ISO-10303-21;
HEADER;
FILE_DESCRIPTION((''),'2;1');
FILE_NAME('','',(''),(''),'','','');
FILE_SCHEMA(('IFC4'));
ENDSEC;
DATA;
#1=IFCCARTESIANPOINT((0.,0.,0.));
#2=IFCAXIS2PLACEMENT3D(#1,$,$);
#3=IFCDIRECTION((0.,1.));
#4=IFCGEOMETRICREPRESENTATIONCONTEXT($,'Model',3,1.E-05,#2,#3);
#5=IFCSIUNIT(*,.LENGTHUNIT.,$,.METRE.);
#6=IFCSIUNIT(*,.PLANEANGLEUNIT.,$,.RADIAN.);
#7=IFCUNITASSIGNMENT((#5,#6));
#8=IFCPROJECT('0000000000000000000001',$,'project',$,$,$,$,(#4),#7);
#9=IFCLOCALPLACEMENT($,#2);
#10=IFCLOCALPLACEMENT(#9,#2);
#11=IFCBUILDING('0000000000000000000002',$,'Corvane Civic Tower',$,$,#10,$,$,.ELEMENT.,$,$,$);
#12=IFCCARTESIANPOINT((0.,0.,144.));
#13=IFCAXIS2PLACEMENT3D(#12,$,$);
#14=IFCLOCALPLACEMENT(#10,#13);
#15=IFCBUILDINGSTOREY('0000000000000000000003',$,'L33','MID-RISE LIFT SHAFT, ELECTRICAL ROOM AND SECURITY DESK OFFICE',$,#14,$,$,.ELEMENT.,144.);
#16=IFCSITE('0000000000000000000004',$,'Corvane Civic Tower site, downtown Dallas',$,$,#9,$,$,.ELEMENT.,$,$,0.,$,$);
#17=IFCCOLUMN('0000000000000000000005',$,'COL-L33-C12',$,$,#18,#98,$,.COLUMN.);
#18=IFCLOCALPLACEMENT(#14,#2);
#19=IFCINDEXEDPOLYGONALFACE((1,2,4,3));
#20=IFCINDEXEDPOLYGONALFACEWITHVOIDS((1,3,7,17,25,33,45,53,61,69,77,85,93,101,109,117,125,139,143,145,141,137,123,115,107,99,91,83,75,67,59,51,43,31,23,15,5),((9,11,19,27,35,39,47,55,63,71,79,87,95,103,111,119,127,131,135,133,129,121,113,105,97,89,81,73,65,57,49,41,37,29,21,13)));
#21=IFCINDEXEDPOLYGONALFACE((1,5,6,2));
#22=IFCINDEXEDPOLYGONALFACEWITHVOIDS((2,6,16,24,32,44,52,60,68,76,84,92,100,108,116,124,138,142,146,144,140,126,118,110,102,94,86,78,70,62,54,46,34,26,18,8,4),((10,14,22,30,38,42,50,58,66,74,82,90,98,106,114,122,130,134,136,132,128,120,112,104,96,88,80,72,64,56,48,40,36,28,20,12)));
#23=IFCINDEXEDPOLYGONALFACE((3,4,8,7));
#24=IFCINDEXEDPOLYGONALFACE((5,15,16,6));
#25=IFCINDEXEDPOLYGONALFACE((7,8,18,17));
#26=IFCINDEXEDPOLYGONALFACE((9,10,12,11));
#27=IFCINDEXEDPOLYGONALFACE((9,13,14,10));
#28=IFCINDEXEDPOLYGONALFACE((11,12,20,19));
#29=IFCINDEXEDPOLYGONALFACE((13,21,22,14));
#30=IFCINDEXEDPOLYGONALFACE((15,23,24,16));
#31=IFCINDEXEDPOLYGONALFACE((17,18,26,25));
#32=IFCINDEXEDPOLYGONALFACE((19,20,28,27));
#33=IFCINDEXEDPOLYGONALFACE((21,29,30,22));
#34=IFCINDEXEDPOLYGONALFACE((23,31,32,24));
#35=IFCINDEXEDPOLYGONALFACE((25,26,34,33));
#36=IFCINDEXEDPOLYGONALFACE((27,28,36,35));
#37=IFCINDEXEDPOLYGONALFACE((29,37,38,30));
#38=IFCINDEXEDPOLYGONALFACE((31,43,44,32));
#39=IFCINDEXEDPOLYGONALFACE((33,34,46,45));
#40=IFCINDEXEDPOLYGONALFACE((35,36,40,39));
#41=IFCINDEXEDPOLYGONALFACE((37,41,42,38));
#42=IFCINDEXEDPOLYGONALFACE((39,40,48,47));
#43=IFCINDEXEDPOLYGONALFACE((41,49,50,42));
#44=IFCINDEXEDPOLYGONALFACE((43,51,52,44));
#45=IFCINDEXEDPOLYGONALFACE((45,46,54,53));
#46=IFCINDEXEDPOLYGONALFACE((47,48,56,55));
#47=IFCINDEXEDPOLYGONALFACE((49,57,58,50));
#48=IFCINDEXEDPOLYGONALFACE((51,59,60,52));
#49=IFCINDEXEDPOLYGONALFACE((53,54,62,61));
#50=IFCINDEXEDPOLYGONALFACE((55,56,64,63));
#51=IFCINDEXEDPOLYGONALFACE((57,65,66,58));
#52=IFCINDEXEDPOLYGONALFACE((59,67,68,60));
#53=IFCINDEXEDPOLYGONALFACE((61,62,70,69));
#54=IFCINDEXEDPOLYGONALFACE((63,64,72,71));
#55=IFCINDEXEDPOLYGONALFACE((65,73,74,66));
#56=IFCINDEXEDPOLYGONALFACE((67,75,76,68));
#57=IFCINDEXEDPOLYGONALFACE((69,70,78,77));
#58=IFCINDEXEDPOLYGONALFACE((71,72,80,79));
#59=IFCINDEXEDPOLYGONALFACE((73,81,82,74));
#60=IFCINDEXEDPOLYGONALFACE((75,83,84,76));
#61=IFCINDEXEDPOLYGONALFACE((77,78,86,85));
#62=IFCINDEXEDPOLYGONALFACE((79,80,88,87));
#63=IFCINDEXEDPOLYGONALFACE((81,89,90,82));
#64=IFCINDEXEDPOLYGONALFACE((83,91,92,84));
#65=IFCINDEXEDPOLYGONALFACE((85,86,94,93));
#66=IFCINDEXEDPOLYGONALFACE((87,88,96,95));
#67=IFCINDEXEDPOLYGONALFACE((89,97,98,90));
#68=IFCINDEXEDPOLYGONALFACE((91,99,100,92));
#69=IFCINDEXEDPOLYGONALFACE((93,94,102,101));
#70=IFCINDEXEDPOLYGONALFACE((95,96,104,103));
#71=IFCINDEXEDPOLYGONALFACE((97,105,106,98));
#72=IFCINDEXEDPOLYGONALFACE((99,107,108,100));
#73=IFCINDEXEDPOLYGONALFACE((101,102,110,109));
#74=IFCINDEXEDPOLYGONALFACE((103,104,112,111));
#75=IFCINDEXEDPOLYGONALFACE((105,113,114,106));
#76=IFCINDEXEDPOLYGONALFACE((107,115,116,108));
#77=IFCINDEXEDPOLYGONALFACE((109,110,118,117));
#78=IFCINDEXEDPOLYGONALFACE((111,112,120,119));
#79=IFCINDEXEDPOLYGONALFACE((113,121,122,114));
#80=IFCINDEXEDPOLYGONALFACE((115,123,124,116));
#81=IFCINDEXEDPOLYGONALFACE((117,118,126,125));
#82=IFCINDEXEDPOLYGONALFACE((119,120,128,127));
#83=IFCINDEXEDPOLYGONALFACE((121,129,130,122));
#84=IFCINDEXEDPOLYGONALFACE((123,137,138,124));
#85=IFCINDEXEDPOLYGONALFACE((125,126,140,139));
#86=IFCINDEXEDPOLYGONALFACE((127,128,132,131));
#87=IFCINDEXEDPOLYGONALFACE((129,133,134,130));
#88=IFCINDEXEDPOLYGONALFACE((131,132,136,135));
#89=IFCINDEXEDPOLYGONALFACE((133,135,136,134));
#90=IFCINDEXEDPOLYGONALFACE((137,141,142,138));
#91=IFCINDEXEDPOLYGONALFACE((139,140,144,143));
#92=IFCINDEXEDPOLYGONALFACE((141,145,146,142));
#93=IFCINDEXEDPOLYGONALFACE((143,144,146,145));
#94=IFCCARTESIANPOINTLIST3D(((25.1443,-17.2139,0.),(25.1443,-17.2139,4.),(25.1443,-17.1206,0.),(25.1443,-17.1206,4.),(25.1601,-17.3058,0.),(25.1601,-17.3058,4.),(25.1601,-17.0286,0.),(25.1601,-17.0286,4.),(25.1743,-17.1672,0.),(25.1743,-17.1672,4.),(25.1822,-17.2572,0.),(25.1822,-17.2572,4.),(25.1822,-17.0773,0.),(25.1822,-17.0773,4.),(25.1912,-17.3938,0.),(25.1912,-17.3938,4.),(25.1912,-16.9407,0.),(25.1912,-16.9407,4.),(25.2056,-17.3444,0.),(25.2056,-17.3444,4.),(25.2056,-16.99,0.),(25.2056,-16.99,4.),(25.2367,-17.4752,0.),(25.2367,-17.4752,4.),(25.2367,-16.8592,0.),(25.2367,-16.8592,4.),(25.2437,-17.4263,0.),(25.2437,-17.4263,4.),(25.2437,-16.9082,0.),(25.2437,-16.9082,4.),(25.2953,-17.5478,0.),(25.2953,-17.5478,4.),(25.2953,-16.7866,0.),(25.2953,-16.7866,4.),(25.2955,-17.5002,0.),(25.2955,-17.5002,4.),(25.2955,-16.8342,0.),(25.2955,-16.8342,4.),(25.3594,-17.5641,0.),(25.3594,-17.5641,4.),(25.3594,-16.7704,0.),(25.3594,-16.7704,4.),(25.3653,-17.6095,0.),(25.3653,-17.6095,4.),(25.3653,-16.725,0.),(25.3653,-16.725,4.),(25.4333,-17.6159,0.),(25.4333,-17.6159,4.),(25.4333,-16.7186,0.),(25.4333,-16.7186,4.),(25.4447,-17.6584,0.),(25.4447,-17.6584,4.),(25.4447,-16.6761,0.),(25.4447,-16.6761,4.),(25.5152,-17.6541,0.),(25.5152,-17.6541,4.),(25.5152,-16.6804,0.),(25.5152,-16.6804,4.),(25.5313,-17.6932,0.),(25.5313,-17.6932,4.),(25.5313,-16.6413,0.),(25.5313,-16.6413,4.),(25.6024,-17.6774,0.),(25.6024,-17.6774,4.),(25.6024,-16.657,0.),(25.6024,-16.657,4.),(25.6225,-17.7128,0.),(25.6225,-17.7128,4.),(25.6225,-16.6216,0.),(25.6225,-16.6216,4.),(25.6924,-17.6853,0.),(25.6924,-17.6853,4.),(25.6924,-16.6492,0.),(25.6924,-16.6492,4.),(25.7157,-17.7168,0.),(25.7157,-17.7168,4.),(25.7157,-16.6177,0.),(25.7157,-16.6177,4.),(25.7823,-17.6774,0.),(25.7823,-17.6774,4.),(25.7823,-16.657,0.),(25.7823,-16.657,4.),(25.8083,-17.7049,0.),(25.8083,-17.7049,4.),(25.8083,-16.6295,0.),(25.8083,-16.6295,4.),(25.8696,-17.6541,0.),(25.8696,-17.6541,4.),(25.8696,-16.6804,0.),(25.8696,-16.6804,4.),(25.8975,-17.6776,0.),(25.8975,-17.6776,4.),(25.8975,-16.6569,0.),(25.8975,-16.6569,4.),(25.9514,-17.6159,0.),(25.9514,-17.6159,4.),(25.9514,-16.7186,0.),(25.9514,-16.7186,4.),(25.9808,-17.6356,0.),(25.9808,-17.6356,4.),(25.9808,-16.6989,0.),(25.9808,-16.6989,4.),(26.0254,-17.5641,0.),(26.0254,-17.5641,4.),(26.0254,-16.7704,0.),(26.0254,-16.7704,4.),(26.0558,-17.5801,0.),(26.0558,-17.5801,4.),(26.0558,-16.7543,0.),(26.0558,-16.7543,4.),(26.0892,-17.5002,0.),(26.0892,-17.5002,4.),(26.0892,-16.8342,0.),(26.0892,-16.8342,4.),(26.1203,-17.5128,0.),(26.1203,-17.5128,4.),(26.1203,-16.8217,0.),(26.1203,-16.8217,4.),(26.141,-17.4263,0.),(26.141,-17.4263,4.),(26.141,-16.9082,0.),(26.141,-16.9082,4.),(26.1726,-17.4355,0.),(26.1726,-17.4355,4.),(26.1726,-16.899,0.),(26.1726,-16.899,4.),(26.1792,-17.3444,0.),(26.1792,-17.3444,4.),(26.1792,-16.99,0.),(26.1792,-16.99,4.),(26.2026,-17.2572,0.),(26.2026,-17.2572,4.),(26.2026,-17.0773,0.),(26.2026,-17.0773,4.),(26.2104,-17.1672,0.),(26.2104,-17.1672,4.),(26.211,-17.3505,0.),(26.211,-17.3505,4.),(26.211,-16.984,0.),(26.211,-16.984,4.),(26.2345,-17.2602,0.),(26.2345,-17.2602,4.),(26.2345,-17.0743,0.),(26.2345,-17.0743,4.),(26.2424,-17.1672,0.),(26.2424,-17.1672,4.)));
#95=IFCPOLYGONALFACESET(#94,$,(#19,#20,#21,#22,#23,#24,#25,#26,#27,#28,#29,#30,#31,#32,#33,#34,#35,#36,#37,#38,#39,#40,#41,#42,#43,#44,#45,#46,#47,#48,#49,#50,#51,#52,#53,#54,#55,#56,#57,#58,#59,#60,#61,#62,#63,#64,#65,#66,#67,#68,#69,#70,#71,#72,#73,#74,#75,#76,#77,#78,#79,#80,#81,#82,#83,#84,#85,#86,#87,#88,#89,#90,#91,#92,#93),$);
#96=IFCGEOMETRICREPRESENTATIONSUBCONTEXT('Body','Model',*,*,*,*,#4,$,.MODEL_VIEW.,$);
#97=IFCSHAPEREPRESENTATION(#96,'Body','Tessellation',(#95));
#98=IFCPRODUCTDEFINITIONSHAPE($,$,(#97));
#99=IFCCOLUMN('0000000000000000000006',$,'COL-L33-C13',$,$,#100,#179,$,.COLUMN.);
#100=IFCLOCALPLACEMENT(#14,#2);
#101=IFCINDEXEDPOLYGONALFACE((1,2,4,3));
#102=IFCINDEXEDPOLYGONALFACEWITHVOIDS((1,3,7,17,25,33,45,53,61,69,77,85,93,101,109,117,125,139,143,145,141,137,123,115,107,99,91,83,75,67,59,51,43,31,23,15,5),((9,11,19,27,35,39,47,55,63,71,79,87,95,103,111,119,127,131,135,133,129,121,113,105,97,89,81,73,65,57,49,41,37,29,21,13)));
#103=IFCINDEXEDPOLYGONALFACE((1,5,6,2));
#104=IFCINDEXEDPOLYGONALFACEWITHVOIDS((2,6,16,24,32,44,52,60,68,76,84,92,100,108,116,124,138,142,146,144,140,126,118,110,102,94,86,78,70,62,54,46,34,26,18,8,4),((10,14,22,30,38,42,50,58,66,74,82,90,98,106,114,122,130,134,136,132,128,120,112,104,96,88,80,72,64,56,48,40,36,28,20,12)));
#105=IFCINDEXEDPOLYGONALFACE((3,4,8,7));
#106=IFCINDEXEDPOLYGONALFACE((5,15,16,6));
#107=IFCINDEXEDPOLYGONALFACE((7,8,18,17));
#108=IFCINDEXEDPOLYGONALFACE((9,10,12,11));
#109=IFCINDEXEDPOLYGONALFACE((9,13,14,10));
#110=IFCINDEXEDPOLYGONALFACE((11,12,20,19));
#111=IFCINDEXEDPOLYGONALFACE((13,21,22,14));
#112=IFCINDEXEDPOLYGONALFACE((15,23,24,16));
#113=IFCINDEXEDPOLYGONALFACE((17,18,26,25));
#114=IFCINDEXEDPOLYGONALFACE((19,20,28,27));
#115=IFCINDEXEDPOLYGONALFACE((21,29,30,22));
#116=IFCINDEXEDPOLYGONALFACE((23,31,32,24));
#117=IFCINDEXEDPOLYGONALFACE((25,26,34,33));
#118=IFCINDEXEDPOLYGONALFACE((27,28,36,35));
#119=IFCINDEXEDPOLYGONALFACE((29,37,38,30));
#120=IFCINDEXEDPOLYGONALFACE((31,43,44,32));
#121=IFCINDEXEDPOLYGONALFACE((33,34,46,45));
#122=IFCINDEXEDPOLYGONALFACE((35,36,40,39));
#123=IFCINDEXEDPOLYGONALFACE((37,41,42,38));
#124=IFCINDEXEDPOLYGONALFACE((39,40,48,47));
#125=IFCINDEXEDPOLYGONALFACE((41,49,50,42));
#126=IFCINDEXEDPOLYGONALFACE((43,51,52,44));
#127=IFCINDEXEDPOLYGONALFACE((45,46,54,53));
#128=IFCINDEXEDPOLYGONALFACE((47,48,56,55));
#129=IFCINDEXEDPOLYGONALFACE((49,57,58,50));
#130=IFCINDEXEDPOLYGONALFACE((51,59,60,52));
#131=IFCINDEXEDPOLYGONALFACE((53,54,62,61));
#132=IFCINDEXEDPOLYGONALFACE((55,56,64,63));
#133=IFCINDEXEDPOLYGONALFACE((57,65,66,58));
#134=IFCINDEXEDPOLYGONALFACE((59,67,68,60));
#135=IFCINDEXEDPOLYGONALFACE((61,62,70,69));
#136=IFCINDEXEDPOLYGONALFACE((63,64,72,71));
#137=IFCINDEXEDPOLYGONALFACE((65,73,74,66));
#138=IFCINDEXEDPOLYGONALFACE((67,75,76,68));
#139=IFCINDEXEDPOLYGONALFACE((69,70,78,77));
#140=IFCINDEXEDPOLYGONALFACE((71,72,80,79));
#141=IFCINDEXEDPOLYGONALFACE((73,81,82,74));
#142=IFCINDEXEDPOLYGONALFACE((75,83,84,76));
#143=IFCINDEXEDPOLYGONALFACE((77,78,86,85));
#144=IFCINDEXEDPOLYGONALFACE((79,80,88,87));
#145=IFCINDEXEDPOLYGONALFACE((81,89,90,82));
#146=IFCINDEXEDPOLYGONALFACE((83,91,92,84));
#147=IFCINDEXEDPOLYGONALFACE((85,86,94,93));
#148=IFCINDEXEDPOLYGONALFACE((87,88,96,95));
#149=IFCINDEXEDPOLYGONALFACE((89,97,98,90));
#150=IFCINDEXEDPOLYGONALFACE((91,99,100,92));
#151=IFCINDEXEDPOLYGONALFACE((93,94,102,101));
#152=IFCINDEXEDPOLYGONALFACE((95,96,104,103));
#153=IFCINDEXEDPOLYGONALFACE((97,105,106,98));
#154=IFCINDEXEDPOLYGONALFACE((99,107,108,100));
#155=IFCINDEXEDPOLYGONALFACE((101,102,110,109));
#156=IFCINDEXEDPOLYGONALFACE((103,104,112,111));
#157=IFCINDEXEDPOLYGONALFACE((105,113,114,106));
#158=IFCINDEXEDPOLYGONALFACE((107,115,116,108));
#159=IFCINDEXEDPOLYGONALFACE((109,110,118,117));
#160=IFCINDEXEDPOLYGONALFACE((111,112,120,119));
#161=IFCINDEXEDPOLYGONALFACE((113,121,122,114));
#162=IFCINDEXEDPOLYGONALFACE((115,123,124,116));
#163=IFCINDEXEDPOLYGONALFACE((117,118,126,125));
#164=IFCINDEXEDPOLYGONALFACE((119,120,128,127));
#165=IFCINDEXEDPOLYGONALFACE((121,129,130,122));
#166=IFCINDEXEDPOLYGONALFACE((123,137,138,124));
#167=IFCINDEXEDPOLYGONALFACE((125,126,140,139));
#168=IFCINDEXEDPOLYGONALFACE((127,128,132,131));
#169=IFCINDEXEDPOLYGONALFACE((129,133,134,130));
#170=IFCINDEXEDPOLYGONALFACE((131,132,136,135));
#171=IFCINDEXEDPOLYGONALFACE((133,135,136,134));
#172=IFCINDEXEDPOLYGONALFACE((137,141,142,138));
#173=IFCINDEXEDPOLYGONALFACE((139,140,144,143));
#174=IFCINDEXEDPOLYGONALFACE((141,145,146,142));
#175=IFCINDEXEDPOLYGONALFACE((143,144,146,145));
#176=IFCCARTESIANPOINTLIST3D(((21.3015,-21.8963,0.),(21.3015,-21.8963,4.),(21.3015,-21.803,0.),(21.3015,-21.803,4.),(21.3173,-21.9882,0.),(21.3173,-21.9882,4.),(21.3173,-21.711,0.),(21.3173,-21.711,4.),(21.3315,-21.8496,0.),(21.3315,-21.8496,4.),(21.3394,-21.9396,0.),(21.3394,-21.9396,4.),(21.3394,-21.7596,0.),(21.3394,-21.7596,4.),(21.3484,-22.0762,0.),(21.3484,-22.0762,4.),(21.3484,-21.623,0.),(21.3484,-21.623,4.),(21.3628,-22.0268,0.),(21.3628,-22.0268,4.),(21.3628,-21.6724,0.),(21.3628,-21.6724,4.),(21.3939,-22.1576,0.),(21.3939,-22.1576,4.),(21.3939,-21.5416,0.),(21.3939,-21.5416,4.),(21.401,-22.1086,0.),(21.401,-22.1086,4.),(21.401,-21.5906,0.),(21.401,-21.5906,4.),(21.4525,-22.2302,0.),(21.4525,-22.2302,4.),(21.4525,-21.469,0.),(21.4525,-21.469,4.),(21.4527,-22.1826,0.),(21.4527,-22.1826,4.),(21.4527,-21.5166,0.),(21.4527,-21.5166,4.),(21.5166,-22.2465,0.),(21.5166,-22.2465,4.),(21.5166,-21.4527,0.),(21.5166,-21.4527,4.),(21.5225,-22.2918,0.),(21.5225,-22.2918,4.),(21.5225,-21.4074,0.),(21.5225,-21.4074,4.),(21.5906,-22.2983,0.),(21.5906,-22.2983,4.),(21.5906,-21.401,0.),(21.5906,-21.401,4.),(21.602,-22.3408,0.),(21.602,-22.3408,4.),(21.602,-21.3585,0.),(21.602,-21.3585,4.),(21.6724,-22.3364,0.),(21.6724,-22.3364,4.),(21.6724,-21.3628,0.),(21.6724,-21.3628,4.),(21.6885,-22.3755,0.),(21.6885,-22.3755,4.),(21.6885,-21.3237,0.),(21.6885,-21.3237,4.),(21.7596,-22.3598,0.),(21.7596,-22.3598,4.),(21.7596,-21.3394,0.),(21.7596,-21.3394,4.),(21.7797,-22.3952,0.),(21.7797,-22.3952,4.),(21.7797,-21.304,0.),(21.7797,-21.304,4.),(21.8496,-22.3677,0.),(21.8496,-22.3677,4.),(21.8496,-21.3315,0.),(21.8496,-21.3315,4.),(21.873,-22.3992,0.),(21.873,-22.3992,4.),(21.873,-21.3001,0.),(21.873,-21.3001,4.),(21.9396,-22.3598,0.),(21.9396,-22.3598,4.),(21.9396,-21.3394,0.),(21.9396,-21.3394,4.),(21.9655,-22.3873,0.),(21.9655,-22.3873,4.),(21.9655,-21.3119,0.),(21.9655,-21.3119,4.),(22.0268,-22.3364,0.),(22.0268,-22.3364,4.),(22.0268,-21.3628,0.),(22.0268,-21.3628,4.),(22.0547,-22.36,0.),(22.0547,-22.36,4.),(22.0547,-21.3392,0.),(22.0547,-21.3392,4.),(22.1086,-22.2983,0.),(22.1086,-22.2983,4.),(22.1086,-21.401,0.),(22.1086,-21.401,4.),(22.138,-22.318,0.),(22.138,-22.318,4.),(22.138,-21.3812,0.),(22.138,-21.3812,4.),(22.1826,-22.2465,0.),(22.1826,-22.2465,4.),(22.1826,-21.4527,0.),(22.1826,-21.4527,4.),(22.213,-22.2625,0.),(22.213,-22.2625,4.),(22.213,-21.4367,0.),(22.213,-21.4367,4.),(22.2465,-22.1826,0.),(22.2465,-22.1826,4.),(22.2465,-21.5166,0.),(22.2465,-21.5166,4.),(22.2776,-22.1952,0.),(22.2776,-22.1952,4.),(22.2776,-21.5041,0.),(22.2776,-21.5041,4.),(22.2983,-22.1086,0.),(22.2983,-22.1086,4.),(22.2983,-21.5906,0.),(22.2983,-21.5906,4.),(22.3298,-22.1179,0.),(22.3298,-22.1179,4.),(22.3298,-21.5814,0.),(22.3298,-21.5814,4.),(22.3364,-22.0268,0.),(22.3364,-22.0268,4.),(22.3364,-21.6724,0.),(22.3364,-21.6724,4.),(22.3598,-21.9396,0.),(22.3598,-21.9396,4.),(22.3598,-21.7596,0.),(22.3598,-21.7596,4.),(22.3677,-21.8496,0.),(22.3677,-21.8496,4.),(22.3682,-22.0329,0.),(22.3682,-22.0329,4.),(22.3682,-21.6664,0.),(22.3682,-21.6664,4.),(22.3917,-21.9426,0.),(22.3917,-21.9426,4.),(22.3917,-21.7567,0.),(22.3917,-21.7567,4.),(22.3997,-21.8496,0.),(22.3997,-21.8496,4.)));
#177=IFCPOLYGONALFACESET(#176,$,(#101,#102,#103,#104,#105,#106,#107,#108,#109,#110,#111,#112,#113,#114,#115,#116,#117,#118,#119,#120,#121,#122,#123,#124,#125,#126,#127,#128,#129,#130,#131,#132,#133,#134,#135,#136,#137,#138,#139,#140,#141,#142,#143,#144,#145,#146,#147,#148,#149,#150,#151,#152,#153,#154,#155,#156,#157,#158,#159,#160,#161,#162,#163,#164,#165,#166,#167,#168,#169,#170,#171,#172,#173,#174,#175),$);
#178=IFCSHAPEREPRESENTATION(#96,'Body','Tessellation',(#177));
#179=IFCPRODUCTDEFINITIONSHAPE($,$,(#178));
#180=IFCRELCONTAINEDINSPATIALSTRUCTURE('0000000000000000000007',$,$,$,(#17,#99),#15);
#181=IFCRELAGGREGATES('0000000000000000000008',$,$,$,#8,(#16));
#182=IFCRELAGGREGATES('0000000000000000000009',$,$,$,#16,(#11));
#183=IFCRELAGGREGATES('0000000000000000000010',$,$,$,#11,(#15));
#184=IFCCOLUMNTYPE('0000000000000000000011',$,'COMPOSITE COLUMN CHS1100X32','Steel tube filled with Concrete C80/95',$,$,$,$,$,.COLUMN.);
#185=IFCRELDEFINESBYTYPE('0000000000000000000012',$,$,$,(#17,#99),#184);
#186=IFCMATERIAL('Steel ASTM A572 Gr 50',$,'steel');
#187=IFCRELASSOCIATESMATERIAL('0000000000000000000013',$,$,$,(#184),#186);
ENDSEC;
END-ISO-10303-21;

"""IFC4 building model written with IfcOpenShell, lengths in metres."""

from ifc_helpers import new_model, si_unit, direction, frame, origin, origin_2d, place, context, subcontext, project, spatial, hollow_circle, extrude, material, material_profile, profile_set, type_object, element, save


model = new_model("IFC4")

# Units and contexts
model_context = context("Model", 3, precision=1e-05, world=origin(), true_north=direction((0.0, 1.0)))
body_context = subcontext(model_context, "Body", "Model", "MODEL_VIEW")
ifc_project = project(units=[si_unit("LENGTHUNIT", "METRE"), si_unit("PLANEANGLEUNIT", "RADIAN")], contexts=[model_context])

# Site, building, storey
site_placement = place(None, origin())
site = spatial("IfcSite", under=ifc_project, at=site_placement, Name="Corvane Civic Tower site, downtown Dallas", CompositionType="ELEMENT", RefElevation=0.0)
building_placement = place(site_placement, origin())
building = spatial("IfcBuilding", under=site, at=building_placement, Name="Corvane Civic Tower", CompositionType="ELEMENT")
storey_placement = place(building_placement, frame((0.0, 0.0, 144.0)))
storey = spatial("IfcBuildingStorey", under=building, at=storey_placement, Name="L33", Description="MID-RISE LIFT SHAFT, ELECTRICAL ROOM AND SECURITY DESK OFFICE", CompositionType="ELEMENT", Elevation=144.0)

# Columns
ifc_material_1 = material(Name="Steel ASTM A572 Gr 50", Category="steel")
ifc_material_profile_1 = material_profile(ifc_material_1, hollow_circle(Radius=0.55, WallThickness=0.032, at=origin_2d()), Name="CHS1100X32")
ifc_profile_set_1 = profile_set([ifc_material_profile_1], Name="Steel ASTM A572 Gr 50")
column_type = type_object("IfcColumnType", Name="COMPOSITE COLUMN CHS1100X32", Description="Steel tube filled with Concrete C80/95", PredefinedType="COLUMN", material=ifc_profile_set_1)
for number, where, z_axis, x_axis, name in (
    (1, (25.6924, -17.1672, 0.0), (0.0, 0.0, 1.0), (1.0, 0.0, 0.0), "COL-L33-C12"),
    (2, (21.8496, -21.8496, 0.0), (0.0, 0.0, 1.0), (1.0, 0.0, 0.0), "COL-L33-C13"),
):
    element("IfcColumn", number, at=place(storey_placement, frame(where, z_axis=z_axis, x_axis=x_axis)), inside=storey, type_object=column_type, Name=name, PredefinedType="COLUMN", context=body_context, shape_type="SweptSolid", body=[
        extrude(hollow_circle(Radius=0.55, WallThickness=0.032, at=origin_2d()), origin(), (0.0, 0.0, 1.0), 4.0),
    ])

save(model, "model.ifc")
